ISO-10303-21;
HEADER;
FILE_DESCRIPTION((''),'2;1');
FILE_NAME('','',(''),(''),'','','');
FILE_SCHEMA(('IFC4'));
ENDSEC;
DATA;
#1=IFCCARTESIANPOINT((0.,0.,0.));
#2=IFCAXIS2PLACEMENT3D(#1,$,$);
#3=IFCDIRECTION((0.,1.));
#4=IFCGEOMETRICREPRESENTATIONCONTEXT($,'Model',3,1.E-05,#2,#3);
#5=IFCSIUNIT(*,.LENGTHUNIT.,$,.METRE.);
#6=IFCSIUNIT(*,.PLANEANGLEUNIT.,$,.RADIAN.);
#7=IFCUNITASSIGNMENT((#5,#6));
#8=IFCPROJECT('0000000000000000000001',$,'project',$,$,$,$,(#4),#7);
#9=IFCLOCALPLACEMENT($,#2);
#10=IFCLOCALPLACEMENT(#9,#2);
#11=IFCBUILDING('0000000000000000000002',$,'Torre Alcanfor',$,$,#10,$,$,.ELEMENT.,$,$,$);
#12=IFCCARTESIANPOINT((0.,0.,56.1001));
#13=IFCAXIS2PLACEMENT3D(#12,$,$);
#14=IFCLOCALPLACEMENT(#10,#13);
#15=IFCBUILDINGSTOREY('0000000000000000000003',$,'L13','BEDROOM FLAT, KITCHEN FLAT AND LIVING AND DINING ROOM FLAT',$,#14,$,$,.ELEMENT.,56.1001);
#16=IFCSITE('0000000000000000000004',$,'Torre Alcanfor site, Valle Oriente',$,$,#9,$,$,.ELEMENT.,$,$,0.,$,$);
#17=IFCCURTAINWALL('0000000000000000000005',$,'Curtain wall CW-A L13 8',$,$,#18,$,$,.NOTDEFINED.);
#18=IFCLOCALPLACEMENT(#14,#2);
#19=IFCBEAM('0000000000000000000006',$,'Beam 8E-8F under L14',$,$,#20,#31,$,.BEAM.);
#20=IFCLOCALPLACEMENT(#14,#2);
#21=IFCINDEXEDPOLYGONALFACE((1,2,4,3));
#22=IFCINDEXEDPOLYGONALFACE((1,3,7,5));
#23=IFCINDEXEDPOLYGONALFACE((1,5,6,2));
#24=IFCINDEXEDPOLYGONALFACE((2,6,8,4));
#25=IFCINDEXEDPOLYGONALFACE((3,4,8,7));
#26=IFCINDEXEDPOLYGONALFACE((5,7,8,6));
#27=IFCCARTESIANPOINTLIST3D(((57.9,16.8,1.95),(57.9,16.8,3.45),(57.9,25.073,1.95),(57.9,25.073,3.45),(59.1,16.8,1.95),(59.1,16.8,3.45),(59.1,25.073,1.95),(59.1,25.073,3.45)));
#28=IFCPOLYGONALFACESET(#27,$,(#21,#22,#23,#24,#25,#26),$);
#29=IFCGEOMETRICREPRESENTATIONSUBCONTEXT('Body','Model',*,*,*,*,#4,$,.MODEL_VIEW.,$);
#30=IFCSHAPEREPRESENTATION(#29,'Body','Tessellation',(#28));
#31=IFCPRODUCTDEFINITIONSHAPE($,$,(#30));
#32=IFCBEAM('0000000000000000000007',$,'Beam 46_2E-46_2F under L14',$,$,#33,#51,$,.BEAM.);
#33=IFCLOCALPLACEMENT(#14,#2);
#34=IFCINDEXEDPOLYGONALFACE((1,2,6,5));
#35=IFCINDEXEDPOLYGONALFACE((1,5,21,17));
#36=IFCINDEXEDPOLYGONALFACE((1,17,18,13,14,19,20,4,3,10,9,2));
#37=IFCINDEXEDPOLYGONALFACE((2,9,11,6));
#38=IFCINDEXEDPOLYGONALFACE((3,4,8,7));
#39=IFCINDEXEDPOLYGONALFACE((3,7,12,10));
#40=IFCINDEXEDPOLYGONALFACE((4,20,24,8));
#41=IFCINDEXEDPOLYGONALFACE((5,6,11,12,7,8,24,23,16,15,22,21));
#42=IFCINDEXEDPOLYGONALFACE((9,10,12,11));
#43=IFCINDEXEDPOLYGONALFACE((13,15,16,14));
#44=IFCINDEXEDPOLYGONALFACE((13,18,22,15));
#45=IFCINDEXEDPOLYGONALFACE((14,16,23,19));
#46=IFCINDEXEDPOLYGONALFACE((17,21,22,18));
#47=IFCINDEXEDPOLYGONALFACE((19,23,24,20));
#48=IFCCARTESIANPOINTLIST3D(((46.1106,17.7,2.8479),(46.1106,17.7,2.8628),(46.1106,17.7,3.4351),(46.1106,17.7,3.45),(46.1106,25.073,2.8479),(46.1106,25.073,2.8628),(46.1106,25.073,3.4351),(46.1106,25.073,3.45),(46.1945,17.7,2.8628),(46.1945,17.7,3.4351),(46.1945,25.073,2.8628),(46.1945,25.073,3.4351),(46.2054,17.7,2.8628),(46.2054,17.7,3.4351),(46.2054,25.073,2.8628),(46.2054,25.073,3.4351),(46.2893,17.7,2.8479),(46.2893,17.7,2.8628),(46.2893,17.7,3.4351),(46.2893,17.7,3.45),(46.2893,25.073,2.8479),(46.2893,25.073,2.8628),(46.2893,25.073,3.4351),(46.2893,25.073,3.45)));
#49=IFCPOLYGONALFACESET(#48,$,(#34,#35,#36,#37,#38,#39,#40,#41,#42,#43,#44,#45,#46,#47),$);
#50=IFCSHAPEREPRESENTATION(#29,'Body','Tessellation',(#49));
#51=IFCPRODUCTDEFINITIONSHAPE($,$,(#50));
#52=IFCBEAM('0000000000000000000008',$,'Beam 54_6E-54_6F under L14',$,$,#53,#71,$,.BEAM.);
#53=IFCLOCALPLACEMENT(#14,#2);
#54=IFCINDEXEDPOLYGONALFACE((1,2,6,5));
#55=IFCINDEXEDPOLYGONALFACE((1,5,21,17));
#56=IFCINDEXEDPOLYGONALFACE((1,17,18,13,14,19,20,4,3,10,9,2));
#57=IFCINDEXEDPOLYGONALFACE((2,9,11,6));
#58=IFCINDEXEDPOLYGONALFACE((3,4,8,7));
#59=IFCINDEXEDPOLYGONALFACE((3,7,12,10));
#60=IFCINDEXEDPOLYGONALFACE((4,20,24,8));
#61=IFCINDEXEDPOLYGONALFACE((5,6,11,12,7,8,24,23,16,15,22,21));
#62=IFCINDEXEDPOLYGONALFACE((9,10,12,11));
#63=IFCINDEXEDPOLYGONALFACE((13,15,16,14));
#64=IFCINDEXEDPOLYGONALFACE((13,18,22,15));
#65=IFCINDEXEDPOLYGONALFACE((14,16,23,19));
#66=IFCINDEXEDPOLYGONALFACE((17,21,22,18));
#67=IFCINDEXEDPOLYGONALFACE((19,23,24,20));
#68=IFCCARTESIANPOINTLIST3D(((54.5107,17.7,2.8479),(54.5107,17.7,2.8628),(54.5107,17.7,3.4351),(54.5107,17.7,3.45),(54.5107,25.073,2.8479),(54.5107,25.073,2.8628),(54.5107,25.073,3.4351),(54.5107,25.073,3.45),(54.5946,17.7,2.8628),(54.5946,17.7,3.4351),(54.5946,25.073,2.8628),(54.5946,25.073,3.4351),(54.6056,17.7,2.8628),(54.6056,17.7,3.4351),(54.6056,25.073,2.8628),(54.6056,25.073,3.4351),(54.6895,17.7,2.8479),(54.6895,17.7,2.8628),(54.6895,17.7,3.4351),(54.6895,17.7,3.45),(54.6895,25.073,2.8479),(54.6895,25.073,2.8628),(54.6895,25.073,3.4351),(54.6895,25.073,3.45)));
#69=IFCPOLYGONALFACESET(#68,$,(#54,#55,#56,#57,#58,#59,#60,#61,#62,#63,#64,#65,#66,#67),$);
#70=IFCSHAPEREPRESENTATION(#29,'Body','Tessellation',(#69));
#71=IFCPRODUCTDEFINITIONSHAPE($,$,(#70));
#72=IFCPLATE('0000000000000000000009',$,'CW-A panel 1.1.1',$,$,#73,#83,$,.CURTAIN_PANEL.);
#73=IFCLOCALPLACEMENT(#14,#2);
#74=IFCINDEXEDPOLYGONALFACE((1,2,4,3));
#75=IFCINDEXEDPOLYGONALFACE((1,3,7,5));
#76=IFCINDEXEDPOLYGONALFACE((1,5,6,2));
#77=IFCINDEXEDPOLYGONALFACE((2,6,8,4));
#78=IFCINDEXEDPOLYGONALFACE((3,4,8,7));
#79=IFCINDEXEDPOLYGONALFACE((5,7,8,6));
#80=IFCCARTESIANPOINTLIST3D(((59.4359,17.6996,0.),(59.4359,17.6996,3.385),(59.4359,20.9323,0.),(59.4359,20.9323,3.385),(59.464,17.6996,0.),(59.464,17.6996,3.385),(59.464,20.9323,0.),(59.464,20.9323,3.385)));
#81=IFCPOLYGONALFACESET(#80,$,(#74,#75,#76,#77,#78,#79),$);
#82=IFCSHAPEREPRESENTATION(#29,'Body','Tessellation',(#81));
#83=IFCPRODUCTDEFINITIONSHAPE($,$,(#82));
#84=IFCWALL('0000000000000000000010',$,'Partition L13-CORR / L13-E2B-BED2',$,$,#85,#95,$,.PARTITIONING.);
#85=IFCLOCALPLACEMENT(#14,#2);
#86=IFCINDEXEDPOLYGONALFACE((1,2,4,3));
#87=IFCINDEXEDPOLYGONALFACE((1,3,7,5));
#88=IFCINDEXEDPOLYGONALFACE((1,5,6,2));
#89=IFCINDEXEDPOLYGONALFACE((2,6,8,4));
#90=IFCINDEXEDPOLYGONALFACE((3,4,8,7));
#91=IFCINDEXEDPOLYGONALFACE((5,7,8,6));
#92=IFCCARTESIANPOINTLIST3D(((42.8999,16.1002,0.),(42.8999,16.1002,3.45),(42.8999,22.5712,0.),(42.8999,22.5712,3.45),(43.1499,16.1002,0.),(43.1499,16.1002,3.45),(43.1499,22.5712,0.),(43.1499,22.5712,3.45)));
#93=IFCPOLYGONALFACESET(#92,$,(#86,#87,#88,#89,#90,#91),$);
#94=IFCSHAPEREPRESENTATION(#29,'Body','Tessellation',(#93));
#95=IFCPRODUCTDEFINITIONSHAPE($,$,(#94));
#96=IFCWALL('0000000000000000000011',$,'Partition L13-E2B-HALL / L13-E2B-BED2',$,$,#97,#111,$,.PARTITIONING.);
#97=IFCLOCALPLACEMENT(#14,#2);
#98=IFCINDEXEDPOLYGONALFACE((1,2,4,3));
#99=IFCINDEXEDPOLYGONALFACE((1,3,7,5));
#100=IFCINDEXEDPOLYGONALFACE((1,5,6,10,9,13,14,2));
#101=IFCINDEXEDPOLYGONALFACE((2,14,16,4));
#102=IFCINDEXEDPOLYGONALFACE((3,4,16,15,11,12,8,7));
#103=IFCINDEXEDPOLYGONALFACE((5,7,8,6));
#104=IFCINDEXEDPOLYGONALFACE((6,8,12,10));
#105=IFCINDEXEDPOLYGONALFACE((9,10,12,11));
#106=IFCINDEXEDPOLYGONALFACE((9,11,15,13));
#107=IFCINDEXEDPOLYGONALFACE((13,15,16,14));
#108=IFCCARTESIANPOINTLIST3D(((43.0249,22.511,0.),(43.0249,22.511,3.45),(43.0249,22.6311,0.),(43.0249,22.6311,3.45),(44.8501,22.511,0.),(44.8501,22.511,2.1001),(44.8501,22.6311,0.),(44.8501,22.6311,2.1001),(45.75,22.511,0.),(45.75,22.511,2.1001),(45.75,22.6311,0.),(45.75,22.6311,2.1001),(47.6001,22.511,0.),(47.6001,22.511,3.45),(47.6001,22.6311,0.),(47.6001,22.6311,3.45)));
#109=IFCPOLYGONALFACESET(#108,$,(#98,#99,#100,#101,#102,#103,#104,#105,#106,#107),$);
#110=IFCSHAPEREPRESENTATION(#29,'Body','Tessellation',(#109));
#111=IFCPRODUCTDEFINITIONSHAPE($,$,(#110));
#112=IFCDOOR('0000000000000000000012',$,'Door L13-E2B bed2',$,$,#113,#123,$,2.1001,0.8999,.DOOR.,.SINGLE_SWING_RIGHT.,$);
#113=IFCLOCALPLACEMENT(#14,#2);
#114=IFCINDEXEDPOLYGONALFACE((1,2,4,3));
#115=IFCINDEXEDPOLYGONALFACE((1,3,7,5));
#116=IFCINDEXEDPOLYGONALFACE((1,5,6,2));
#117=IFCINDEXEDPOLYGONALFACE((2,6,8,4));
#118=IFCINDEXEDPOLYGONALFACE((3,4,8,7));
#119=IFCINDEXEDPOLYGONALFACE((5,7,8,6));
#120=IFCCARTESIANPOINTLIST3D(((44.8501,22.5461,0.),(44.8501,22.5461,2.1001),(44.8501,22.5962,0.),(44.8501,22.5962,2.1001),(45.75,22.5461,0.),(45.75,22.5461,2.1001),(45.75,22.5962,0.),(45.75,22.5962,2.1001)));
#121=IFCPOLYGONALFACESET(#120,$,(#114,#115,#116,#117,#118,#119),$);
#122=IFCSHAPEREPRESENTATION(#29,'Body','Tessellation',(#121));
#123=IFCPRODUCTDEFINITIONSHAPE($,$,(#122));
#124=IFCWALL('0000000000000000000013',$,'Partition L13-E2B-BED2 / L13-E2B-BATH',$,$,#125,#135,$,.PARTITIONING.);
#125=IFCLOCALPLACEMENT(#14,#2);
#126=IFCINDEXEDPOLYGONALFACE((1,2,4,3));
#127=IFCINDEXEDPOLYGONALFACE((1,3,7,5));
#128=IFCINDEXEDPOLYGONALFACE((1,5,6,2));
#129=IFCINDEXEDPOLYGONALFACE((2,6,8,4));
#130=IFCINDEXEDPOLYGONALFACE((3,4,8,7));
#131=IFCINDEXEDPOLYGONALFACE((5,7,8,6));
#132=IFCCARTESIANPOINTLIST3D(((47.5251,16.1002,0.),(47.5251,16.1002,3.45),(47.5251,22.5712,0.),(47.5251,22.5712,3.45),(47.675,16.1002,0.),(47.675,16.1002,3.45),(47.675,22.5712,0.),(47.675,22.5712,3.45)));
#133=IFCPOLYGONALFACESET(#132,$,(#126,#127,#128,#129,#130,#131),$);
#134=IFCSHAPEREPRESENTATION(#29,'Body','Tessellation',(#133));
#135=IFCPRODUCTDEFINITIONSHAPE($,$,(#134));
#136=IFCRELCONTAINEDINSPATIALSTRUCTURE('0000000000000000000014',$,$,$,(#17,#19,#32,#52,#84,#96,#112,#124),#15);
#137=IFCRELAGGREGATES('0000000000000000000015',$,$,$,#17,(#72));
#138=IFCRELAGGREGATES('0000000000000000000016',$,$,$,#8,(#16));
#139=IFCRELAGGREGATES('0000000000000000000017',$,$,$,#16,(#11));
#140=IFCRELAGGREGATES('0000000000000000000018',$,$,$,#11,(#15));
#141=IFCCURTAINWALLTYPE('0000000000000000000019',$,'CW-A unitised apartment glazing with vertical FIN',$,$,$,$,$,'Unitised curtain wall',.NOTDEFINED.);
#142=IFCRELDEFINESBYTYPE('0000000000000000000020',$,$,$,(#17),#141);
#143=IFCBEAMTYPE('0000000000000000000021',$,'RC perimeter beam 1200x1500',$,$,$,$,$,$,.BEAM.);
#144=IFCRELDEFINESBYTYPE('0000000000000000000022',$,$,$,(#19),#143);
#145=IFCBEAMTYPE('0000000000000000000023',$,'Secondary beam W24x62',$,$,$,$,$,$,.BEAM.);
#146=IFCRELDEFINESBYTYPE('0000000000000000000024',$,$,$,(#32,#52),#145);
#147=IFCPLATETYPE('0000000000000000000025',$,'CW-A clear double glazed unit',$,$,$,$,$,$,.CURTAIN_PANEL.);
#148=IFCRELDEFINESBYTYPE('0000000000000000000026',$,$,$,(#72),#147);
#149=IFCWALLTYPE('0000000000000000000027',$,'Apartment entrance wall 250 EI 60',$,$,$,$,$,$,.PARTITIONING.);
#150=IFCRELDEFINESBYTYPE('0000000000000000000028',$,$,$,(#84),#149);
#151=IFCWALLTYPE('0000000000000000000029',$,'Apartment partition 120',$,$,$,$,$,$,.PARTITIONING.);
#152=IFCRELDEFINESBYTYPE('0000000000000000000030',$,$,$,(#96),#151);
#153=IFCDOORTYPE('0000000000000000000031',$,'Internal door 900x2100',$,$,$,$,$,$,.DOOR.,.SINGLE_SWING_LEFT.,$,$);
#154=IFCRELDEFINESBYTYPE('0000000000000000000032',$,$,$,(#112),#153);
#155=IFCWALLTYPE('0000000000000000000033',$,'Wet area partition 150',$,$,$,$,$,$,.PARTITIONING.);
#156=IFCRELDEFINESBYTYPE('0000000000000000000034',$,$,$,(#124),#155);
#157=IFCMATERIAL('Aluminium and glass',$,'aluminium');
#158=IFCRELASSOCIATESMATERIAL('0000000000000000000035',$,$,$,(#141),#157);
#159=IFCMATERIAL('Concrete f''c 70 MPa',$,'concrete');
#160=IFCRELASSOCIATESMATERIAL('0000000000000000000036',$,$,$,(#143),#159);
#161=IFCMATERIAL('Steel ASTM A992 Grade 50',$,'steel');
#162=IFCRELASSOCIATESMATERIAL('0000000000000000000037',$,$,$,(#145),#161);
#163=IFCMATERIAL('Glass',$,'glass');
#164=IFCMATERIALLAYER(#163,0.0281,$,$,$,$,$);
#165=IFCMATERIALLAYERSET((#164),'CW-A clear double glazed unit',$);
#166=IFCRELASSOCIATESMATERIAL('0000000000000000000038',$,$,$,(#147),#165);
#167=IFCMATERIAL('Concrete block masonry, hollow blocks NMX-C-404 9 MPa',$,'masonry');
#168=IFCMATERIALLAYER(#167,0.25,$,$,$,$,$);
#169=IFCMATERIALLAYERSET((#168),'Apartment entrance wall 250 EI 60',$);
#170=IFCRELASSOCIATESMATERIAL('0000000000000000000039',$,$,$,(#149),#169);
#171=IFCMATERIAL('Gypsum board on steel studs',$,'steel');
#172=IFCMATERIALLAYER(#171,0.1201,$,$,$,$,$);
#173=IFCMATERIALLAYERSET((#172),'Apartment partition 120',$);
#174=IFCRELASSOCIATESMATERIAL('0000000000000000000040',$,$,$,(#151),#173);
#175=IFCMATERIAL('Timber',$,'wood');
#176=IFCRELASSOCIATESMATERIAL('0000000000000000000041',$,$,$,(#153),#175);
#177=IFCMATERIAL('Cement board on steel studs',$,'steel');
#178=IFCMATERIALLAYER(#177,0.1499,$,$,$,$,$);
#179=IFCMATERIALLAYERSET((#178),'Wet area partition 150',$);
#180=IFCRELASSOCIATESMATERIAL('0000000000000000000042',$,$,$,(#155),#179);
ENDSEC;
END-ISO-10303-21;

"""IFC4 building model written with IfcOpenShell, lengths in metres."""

from ifc_helpers import new_model, si_unit, direction, frame, frame_2d, origin, origin_2d, place, context, subcontext, project, spatial, rectangle, i_section, extrude, material, layer, layer_set, material_profile, profile_set, type_object, element, fill, aggregate, save


model = new_model("IFC4")

# Units and contexts
model_context = context("Model", 3, precision=1e-05, world=origin(), true_north=direction((0.0, 1.0)))
body_context = subcontext(model_context, "Body", "Model", "MODEL_VIEW")
ifc_project = project(units=[si_unit("LENGTHUNIT", "METRE"), si_unit("PLANEANGLEUNIT", "RADIAN")], contexts=[model_context])

# Site, building, storey
site_placement = place(None, origin())
site = spatial("IfcSite", under=ifc_project, at=site_placement, Name="Torre Alcanfor site, Valle Oriente", CompositionType="ELEMENT", RefElevation=0.0)
building_placement = place(site_placement, origin())
building = spatial("IfcBuilding", under=site, at=building_placement, Name="Torre Alcanfor", CompositionType="ELEMENT")
storey_placement = place(building_placement, frame((0.0, 0.0, 56.1001)))
storey = spatial("IfcBuildingStorey", under=building, at=storey_placement, Name="L13", Description="BEDROOM FLAT, KITCHEN FLAT AND LIVING AND DINING ROOM FLAT", CompositionType="ELEMENT", Elevation=56.1001)

# Curtain wall
ifc_material_1 = material(Name="Aluminium and glass", Category="aluminium")
curtain_wall_type = type_object("IfcCurtainWallType", Name="CW-A unitised apartment glazing with vertical FIN", ElementType="Unitised curtain wall", PredefinedType="NOTDEFINED", material=ifc_material_1)
curtain_wall_placement = place(storey_placement, origin())
curtain_wall = element("IfcCurtainWall", 1, at=curtain_wall_placement, inside=storey, type_object=curtain_wall_type, Name="Curtain wall CW-A L13 8", PredefinedType="NOTDEFINED")

# Beams
ifc_material_2 = material(Name="Concrete f'c 70 MPa", Category="concrete")
ifc_material_profile_1 = material_profile(ifc_material_2, rectangle(XDim=1.2, YDim=1.5, at=origin_2d()), Name="1200x1500")
ifc_profile_set_1 = profile_set([ifc_material_profile_1], Name="Concrete f'c 70 MPa")
beam_type_1 = type_object("IfcBeamType", Name="RC perimeter beam 1200x1500", PredefinedType="BEAM", material=ifc_profile_set_1)
for number, where, z_axis, x_axis, name in (
    (2, (58.5, 16.8, 2.7), (0.0, 1.0, 0.0), (-1.0, 0.0, 0.0), "Beam 8E-8F under L14"),
):
    element("IfcBeam", number, at=place(storey_placement, frame(where, z_axis=z_axis, x_axis=x_axis)), inside=storey, type_object=beam_type_1, Name=name, PredefinedType="BEAM", context=body_context, shape_type="SweptSolid", body=[
        extrude(rectangle(XDim=1.2, YDim=1.5, at=origin_2d()), origin(), (0.0, 0.0, 1.0), 8.2729),
    ])
ifc_material_3 = material(Name="Steel ASTM A992 Grade 50", Category="steel")
ifc_material_profile_2 = material_profile(ifc_material_3, i_section(OverallWidth=0.1787, OverallDepth=0.6021, WebThickness=0.011, FlangeThickness=0.0149, at=origin_2d()), Name="W24x62")
ifc_profile_set_2 = profile_set([ifc_material_profile_2], Name="Steel ASTM A992 Grade 50")
beam_type_2 = type_object("IfcBeamType", Name="Secondary beam W24x62", PredefinedType="BEAM", material=ifc_profile_set_2)
for number, where, z_axis, x_axis, name in (
    (3, (46.2, 17.7, 3.1489), (0.0, 1.0, 0.0), (-1.0, 0.0, 0.0), "Beam 46_2E-46_2F under L14"),
    (4, (54.6001, 17.7, 3.1489), (0.0, 1.0, 0.0), (-1.0, 0.0, 0.0), "Beam 54_6E-54_6F under L14"),
):
    element("IfcBeam", number, at=place(storey_placement, frame(where, z_axis=z_axis, x_axis=x_axis)), inside=storey, type_object=beam_type_2, Name=name, PredefinedType="BEAM", context=body_context, shape_type="SweptSolid", body=[
        extrude(i_section(OverallWidth=0.1787, OverallDepth=0.6021, WebThickness=0.011, FlangeThickness=0.0149, at=origin_2d()), origin(), (0.0, 0.0, 1.0), 7.373),
    ])

# Plate
ifc_material_4 = material(Name="Glass", Category="glass")
ifc_layer_1 = layer(ifc_material_4, 0.0281)
ifc_layer_set_1 = layer_set([ifc_layer_1], Name="CW-A clear double glazed unit")
plate_type = type_object("IfcPlateType", Name="CW-A clear double glazed unit", PredefinedType="CURTAIN_PANEL", material=ifc_layer_set_1)
plate_placement = place(storey_placement, frame((59.45, 19.3159, 0.0), z_axis=(0.0, 0.0, 1.0), x_axis=(0.0, 1.0, 0.0)))
plate = element("IfcPlate", 5, at=plate_placement, type_object=plate_type, Name="CW-A panel 1.1.1", PredefinedType="CURTAIN_PANEL", context=body_context, shape_type="SweptSolid", body=[
    extrude(rectangle(XDim=3.2327, YDim=0.0281, at=origin_2d()), origin(), (0.0, 0.0, 1.0), 3.385),
])
aggregate(curtain_wall, [plate])

# Wall
ifc_material_5 = material(Name="Concrete block masonry, hollow blocks NMX-C-404 9 MPa", Category="masonry")
ifc_layer_2 = layer(ifc_material_5, 0.25)
ifc_layer_set_2 = layer_set([ifc_layer_2], Name="Apartment entrance wall 250 EI 60")
wall_type_1 = type_object("IfcWallType", Name="Apartment entrance wall 250 EI 60", PredefinedType="PARTITIONING", material=ifc_layer_set_2)
wall_1_placement = place(storey_placement, frame((43.0249, 22.571, 0.0), z_axis=(0.0, 0.0, 1.0), x_axis=(0.0, -1.0, 0.0)))
element("IfcWall", 6, at=wall_1_placement, inside=storey, type_object=wall_type_1, Name="Partition L13-CORR / L13-E2B-BED2", PredefinedType="PARTITIONING", context=body_context, shape_type="SweptSolid", body=[
    extrude(rectangle(XDim=6.4709, YDim=0.25, at=frame_2d((3.2354, 0.0))), origin(), (0.0, 0.0, 1.0), 3.45),
])

# Wall, opening, door
ifc_material_6 = material(Name="Gypsum board on steel studs", Category="steel")
ifc_layer_3 = layer(ifc_material_6, 0.1201)
ifc_layer_set_3 = layer_set([ifc_layer_3], Name="Apartment partition 120")
wall_type_2 = type_object("IfcWallType", Name="Apartment partition 120", PredefinedType="PARTITIONING", material=ifc_layer_set_3)
wall_2_placement = place(storey_placement, frame((47.6001, 22.571, 0.0), z_axis=(0.0, 0.0, 1.0), x_axis=(-1.0, 0.0, 0.0)))
wall_2 = element("IfcWall", 7, at=wall_2_placement, inside=storey, type_object=wall_type_2, Name="Partition L13-E2B-HALL / L13-E2B-BED2", PredefinedType="PARTITIONING", context=body_context, shape_type="SweptSolid", body=[
    extrude(rectangle(XDim=4.5752, YDim=0.1201, at=frame_2d((2.2876, 0.0))), origin(), (0.0, 0.0, 1.0), 3.45),
])
opening_placement = place(wall_2_placement, frame((1.8501, 0.0, 0.0)))
opening = element("IfcOpeningElement", 8, at=opening_placement, cuts=wall_2, PredefinedType="OPENING", context=body_context, shape_type="SweptSolid", body=[
    extrude(rectangle(XDim=0.8999, YDim=2.1001, at=frame_2d((0.45, 1.05))), frame((0.0, 0.0701, 0.0), z_axis=(0.0, -1.0, 0.0), x_axis=(1.0, 0.0, 0.0)), (0.0, 0.0, 1.0), 0.1401),
])
ifc_material_7 = material(Name="Timber", Category="wood")
door_type = type_object("IfcDoorType", Name="Internal door 900x2100", OperationType="SINGLE_SWING_LEFT", PredefinedType="DOOR", material=ifc_material_7)
door_placement = place(opening_placement, origin())
door = element("IfcDoor", 9, at=door_placement, inside=storey, type_object=door_type, Name="Door L13-E2B bed2", OperationType="SINGLE_SWING_RIGHT", OverallHeight=2.1001, OverallWidth=0.8999, PredefinedType="DOOR", context=body_context, shape_type="SweptSolid", body=[
    extrude(rectangle(XDim=0.8999, YDim=2.1001, at=frame_2d((0.45, 1.05))), frame((0.0, 0.0249, 0.0), z_axis=(0.0, -1.0, 0.0), x_axis=(1.0, 0.0, 0.0)), (0.0, 0.0, 1.0), 0.05),
])
fill(opening, door)

# Wall
ifc_material_8 = material(Name="Cement board on steel studs", Category="steel")
ifc_layer_4 = layer(ifc_material_8, 0.1499)
ifc_layer_set_4 = layer_set([ifc_layer_4], Name="Wet area partition 150")
wall_type_3 = type_object("IfcWallType", Name="Wet area partition 150", PredefinedType="PARTITIONING", material=ifc_layer_set_4)
wall_3_placement = place(storey_placement, frame((47.6001, 22.571, 0.0), z_axis=(0.0, 0.0, 1.0), x_axis=(0.0, -1.0, 0.0)))
element("IfcWall", 10, at=wall_3_placement, inside=storey, type_object=wall_type_3, Name="Partition L13-E2B-BED2 / L13-E2B-BATH", PredefinedType="PARTITIONING", context=body_context, shape_type="SweptSolid", body=[
    extrude(rectangle(XDim=6.4709, YDim=0.1499, at=frame_2d((3.2354, 0.0))), origin(), (0.0, 0.0, 1.0), 3.45),
])

save(model, "model.ifc")
